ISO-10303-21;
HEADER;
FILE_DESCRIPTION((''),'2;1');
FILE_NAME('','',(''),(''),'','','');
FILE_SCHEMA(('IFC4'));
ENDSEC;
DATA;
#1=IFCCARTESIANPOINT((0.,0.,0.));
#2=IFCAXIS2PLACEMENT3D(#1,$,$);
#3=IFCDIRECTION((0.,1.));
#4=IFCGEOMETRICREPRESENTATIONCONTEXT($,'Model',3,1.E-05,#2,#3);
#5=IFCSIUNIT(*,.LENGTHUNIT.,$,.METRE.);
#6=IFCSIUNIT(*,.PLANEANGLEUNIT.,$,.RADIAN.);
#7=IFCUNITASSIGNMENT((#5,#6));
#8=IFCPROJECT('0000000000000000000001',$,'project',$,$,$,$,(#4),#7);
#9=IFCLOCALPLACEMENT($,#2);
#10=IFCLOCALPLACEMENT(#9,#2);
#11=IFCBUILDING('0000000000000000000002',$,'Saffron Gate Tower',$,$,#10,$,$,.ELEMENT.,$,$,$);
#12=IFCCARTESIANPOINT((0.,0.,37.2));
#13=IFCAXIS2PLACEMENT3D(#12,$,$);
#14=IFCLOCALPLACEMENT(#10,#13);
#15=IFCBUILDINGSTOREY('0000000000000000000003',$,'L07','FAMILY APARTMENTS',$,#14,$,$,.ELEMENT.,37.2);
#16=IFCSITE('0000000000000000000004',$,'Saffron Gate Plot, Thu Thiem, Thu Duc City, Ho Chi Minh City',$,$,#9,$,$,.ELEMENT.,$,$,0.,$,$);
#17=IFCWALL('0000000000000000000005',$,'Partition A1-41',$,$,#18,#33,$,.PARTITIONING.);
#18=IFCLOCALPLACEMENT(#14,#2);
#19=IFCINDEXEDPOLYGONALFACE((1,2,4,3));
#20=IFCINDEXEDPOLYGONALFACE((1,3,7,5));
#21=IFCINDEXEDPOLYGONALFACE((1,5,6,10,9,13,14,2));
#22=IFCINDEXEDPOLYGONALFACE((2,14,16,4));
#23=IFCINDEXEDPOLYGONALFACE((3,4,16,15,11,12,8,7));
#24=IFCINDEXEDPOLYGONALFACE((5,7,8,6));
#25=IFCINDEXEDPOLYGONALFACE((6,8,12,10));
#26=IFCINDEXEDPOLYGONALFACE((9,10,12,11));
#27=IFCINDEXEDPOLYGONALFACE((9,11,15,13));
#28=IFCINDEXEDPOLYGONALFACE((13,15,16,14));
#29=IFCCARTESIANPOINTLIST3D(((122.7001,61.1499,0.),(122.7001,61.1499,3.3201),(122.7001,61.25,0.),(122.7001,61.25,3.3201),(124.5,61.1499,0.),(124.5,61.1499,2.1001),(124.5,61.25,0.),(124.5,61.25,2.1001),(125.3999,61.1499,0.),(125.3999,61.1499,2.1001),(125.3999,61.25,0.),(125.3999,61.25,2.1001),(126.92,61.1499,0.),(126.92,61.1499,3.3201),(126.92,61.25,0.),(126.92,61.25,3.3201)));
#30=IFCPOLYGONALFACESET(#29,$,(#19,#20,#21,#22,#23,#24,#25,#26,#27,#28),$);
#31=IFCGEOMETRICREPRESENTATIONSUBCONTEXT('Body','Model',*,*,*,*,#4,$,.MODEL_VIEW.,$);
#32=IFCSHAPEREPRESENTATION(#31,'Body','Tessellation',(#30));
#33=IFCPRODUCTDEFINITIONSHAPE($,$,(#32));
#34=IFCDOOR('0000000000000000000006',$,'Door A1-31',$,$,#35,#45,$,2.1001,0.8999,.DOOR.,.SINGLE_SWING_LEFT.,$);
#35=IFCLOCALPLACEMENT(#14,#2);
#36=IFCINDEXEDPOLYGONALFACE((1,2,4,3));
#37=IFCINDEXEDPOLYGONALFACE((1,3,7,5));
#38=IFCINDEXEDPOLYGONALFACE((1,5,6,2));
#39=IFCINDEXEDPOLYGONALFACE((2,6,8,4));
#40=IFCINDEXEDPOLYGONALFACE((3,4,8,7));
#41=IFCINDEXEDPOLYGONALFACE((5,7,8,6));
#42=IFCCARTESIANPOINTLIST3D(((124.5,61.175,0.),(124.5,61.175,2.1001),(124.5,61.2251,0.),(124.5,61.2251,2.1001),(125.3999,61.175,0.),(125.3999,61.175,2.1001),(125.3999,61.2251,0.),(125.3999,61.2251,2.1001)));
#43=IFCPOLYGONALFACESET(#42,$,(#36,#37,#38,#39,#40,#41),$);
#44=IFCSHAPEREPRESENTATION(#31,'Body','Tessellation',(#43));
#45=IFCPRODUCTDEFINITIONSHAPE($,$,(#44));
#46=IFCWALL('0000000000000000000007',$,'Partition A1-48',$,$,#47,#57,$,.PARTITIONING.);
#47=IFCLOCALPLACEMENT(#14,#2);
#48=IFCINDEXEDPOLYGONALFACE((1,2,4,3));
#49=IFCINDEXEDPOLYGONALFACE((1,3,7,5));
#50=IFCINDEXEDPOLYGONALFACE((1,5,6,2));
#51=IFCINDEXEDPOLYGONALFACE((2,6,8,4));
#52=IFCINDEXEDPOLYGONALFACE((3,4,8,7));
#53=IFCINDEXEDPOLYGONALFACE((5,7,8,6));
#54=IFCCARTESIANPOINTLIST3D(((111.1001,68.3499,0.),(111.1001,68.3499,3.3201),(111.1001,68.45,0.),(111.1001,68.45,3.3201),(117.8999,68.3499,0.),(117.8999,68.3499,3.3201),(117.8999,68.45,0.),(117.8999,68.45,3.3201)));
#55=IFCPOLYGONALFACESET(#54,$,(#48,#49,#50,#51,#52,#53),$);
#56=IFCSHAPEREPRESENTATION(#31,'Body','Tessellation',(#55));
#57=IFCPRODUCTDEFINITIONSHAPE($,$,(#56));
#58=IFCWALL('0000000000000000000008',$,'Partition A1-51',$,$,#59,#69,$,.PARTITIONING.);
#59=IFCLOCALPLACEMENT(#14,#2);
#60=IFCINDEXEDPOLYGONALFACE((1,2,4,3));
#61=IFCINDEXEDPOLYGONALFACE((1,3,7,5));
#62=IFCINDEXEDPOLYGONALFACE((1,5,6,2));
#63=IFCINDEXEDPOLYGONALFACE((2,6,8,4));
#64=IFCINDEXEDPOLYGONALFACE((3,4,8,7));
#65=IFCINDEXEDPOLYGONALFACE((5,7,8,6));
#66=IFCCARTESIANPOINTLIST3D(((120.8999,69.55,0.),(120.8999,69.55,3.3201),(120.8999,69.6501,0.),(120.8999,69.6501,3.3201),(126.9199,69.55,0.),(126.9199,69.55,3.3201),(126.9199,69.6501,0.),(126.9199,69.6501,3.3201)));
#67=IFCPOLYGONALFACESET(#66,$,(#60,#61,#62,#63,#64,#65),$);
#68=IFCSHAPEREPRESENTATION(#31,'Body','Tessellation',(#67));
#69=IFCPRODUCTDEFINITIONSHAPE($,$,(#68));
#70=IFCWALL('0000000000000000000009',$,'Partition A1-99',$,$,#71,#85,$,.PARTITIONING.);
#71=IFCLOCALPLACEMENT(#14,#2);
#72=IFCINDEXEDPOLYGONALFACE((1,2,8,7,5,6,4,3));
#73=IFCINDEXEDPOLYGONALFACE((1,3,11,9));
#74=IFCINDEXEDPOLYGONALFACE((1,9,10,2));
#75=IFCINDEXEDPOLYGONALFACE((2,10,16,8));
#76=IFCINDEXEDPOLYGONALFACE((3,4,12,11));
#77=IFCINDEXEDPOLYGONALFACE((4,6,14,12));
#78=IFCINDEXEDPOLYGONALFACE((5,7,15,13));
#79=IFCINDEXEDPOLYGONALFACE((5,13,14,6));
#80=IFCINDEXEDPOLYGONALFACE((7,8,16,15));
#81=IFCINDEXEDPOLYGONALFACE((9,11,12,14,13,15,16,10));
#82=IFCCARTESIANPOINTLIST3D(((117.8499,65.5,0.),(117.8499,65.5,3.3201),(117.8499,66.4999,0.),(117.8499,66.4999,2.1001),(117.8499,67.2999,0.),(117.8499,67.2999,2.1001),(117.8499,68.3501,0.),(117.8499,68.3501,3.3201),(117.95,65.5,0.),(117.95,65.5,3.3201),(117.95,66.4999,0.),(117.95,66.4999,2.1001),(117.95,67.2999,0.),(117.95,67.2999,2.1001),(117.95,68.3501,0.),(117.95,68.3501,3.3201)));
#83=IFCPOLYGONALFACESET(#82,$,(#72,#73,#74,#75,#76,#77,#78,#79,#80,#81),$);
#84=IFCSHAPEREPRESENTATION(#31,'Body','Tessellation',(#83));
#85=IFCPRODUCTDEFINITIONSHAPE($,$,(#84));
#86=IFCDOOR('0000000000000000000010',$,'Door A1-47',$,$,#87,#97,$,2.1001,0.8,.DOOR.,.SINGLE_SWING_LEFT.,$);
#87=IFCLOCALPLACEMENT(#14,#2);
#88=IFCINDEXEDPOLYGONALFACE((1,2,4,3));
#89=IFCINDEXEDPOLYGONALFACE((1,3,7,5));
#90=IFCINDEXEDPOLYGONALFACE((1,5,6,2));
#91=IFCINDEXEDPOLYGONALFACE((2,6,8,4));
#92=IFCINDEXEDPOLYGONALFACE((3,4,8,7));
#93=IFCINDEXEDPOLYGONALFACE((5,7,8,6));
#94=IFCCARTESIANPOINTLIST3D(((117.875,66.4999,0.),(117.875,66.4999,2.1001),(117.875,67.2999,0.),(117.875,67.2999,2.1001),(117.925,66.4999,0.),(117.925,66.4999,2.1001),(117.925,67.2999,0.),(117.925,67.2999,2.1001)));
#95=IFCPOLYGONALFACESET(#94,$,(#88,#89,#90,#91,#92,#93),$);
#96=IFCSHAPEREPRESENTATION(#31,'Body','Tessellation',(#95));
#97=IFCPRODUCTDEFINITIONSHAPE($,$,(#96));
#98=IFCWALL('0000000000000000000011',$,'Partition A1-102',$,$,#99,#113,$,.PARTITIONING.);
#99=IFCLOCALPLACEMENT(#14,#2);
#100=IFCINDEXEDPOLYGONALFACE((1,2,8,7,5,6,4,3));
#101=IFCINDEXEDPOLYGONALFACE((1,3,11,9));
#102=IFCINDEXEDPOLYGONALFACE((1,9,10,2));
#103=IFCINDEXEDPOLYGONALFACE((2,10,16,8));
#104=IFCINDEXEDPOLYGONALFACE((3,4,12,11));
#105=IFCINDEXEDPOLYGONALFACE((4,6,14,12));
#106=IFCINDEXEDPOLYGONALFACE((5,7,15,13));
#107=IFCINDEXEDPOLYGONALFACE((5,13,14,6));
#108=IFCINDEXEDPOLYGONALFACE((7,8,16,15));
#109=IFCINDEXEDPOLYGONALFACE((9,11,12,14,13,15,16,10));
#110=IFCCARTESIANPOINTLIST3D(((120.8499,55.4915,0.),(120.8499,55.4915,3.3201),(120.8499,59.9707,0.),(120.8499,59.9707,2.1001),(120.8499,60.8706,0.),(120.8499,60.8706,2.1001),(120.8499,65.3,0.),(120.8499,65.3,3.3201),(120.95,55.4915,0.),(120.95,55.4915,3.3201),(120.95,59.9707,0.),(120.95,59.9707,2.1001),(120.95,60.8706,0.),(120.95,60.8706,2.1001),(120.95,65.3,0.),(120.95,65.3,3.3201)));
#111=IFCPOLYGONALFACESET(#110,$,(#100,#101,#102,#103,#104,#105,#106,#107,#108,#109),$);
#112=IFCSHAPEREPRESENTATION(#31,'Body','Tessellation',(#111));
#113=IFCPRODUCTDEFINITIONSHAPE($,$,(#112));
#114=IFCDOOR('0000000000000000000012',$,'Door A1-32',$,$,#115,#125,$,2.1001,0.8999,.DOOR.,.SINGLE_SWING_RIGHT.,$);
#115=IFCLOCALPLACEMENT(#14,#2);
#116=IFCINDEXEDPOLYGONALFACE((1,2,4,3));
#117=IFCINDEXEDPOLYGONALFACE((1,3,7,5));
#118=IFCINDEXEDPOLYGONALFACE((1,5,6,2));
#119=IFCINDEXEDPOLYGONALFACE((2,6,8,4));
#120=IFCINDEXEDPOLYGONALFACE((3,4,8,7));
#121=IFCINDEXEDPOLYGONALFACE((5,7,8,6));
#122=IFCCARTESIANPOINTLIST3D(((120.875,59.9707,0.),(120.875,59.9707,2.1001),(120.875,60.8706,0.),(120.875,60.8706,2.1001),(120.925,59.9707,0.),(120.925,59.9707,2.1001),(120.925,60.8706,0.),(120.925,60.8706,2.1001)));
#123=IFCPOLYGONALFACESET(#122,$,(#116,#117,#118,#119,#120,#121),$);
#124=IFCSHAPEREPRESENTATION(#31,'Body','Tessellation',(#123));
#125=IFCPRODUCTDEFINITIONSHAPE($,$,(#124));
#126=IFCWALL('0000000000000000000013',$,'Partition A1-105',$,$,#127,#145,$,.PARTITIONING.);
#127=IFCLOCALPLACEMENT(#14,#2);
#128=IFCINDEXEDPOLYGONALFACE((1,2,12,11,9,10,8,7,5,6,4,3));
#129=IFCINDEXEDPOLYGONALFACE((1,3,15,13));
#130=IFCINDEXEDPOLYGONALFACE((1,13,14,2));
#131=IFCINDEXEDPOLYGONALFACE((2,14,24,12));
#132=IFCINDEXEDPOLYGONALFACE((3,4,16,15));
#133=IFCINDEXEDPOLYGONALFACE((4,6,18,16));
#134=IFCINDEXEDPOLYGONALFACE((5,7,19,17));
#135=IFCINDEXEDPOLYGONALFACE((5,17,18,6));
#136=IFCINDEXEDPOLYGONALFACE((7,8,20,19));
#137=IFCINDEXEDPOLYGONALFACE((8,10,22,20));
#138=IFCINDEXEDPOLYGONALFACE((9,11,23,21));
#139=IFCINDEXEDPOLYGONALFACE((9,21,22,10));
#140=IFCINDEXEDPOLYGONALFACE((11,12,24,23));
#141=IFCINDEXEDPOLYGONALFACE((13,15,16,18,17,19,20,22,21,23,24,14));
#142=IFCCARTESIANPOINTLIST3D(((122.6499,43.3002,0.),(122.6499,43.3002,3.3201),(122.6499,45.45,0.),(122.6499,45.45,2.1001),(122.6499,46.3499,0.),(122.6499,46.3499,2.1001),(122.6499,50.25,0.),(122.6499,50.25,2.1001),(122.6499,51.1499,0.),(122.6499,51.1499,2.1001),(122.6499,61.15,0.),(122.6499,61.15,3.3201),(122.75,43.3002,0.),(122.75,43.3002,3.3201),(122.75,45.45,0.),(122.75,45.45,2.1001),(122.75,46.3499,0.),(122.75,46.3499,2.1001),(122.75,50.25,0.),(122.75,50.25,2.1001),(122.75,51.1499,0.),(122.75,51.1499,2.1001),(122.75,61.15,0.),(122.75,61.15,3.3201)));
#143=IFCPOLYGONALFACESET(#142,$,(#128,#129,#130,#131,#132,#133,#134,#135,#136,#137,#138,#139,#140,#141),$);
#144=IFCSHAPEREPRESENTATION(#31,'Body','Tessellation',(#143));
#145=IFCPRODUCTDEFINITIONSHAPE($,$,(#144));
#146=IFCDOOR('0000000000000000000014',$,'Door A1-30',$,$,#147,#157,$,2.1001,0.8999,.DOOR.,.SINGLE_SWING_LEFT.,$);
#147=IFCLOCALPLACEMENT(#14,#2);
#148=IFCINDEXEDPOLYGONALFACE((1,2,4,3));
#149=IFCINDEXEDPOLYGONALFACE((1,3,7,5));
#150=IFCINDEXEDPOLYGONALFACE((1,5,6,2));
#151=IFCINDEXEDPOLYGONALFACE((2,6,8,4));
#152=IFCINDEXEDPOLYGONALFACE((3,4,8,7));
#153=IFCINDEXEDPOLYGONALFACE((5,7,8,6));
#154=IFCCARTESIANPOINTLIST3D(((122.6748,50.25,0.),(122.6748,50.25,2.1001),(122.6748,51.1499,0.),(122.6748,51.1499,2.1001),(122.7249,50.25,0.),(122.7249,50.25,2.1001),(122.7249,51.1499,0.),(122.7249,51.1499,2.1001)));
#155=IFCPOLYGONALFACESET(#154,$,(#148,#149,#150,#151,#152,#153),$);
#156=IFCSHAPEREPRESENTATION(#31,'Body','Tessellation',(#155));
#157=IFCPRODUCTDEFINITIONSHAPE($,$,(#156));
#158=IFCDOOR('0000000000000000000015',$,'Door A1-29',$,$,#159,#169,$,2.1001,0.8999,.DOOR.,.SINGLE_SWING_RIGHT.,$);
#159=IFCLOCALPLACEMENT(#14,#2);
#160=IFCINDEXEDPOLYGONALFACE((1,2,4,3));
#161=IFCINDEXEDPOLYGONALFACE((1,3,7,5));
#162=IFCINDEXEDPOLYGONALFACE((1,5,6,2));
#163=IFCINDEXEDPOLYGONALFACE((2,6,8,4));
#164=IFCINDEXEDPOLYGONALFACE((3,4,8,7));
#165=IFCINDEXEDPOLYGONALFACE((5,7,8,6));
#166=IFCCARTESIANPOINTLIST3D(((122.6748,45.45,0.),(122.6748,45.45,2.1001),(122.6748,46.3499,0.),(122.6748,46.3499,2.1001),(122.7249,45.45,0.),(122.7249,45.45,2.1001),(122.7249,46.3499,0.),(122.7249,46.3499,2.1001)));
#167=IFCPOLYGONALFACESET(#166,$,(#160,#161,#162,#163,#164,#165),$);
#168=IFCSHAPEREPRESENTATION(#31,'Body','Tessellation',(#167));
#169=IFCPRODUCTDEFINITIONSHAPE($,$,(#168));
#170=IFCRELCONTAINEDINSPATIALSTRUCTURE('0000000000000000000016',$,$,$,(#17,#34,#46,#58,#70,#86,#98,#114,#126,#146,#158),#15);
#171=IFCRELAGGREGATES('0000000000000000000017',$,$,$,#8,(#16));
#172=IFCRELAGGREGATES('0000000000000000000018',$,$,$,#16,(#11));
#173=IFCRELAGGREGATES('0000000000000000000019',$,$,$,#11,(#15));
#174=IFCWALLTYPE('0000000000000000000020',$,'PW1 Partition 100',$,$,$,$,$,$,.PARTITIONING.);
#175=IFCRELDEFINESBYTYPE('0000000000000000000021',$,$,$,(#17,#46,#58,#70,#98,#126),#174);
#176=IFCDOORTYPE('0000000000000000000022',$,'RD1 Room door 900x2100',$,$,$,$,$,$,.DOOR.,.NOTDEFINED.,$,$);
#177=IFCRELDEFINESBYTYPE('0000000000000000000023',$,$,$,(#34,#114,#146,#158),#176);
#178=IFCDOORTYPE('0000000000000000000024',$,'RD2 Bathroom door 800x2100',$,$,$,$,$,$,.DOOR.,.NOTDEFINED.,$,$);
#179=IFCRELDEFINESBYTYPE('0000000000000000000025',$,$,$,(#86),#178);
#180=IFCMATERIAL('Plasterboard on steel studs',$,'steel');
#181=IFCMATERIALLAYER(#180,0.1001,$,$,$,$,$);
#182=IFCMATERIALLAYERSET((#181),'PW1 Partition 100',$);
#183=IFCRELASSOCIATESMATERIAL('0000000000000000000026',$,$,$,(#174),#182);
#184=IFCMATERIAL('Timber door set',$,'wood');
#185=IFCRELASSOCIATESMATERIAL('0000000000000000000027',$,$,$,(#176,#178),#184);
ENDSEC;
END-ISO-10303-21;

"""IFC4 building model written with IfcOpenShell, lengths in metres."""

from ifc_helpers import new_model, si_unit, direction, frame, frame_2d, origin, place, context, subcontext, project, spatial, rectangle, extrude, material, layer, layer_set, type_object, element, fill, save


model = new_model("IFC4")

# Units and contexts
model_context = context("Model", 3, precision=1e-05, world=origin(), true_north=direction((0.0, 1.0)))
body_context = subcontext(model_context, "Body", "Model", "MODEL_VIEW")
ifc_project = project(units=[si_unit("LENGTHUNIT", "METRE"), si_unit("PLANEANGLEUNIT", "RADIAN")], contexts=[model_context])

# Site, building, storey
site_placement = place(None, origin())
site = spatial("IfcSite", under=ifc_project, at=site_placement, Name="Saffron Gate Plot, Thu Thiem, Thu Duc City, Ho Chi Minh City", CompositionType="ELEMENT", RefElevation=0.0)
building_placement = place(site_placement, origin())
building = spatial("IfcBuilding", under=site, at=building_placement, Name="Saffron Gate Tower", CompositionType="ELEMENT")
storey_placement = place(building_placement, frame((0.0, 0.0, 37.2)))
storey = spatial("IfcBuildingStorey", under=building, at=storey_placement, Name="L07", Description="FAMILY APARTMENTS", CompositionType="ELEMENT", Elevation=37.2)

# Wall, opening, door
ifc_material_1 = material(Name="Plasterboard on steel studs", Category="steel")
ifc_layer_1 = layer(ifc_material_1, 0.1001)
ifc_layer_set_1 = layer_set([ifc_layer_1], Name="PW1 Partition 100")
wall_type_1 = type_object("IfcWallType", Name="PW1 Partition 100", PredefinedType="PARTITIONING", material=ifc_layer_set_1)
wall_1_placement = place(storey_placement, frame((126.9199, 61.2, 0.0), z_axis=(0.0, 0.0, 1.0), x_axis=(-1.0, 0.0, 0.0)))
wall_1 = element("IfcWall", 1, at=wall_1_placement, inside=storey, type_object=wall_type_1, Name="Partition A1-41", PredefinedType="PARTITIONING", context=body_context, shape_type="SweptSolid", body=[
    extrude(rectangle(XDim=4.22, YDim=0.1001, at=frame_2d((2.1099, 0.0))), origin(), (0.0, 0.0, 1.0), 3.3201),
])
opening_1_placement = place(wall_1_placement, frame((1.52, 0.0, 0.0)))
opening_1 = element("IfcOpeningElement", 2, at=opening_1_placement, cuts=wall_1, PredefinedType="OPENING", context=body_context, shape_type="SweptSolid", body=[
    extrude(rectangle(XDim=0.8999, YDim=2.1001, at=frame_2d((0.45, 1.05))), frame((0.0, 0.0601, 0.0), z_axis=(0.0, -1.0, 0.0), x_axis=(1.0, 0.0, 0.0)), (0.0, 0.0, 1.0), 0.1201),
])
ifc_material_2 = material(Name="Timber door set", Category="wood")
door_type_1 = type_object("IfcDoorType", Name="RD1 Room door 900x2100", OperationType="NOTDEFINED", PredefinedType="DOOR", material=ifc_material_2)
door_1_placement = place(opening_1_placement, origin())
door_1 = element("IfcDoor", 3, at=door_1_placement, inside=storey, type_object=door_type_1, Name="Door A1-31", OperationType="SINGLE_SWING_LEFT", OverallHeight=2.1001, OverallWidth=0.8999, PredefinedType="DOOR", context=body_context, shape_type="SweptSolid", body=[
    extrude(rectangle(XDim=0.8999, YDim=2.1001, at=frame_2d((0.45, 1.05))), frame((0.0, 0.0249, 0.0), z_axis=(0.0, -1.0, 0.0), x_axis=(1.0, 0.0, 0.0)), (0.0, 0.0, 1.0), 0.05),
])
fill(opening_1, door_1)

# Walls
wall_2_placement = place(storey_placement, frame((111.1001, 68.3999, 0.0), z_axis=(0.0, 0.0, 1.0), x_axis=(1.0, 0.0, 0.0)))
element("IfcWall", 4, at=wall_2_placement, inside=storey, type_object=wall_type_1, Name="Partition A1-48", PredefinedType="PARTITIONING", context=body_context, shape_type="SweptSolid", body=[
    extrude(rectangle(XDim=6.7998, YDim=0.1001, at=frame_2d((3.3999, 0.0))), origin(), (0.0, 0.0, 1.0), 3.3201),
])
wall_3_placement = place(storey_placement, frame((120.8999, 69.6001, 0.0), z_axis=(0.0, 0.0, 1.0), x_axis=(1.0, 0.0, 0.0)))
element("IfcWall", 5, at=wall_3_placement, inside=storey, type_object=wall_type_1, Name="Partition A1-51", PredefinedType="PARTITIONING", context=body_context, shape_type="SweptSolid", body=[
    extrude(rectangle(XDim=6.02, YDim=0.1001, at=frame_2d((3.01, 0.0))), origin(), (0.0, 0.0, 1.0), 3.3201),
])

# Walls, openings, doors
wall_4_placement = place(storey_placement, frame((117.8999, 65.5, 0.0), z_axis=(0.0, 0.0, 1.0), x_axis=(0.0, 1.0, 0.0)))
wall_4 = element("IfcWall", 6, at=wall_4_placement, inside=storey, type_object=wall_type_1, Name="Partition A1-99", PredefinedType="PARTITIONING", context=body_context, shape_type="SweptSolid", body=[
    extrude(rectangle(XDim=2.8501, YDim=0.1001, at=frame_2d((1.425, 0.0))), origin(), (0.0, 0.0, 1.0), 3.3201),
])
opening_2_placement = place(wall_4_placement, frame((1.0, 0.0, 0.0)))
opening_2 = element("IfcOpeningElement", 7, at=opening_2_placement, cuts=wall_4, PredefinedType="OPENING", context=body_context, shape_type="SweptSolid", body=[
    extrude(rectangle(XDim=0.8, YDim=2.1001, at=frame_2d((0.3999, 1.05))), frame((0.0, 0.0601, 0.0), z_axis=(0.0, -1.0, 0.0), x_axis=(1.0, 0.0, 0.0)), (0.0, 0.0, 1.0), 0.1201),
])
door_type_2 = type_object("IfcDoorType", Name="RD2 Bathroom door 800x2100", OperationType="NOTDEFINED", PredefinedType="DOOR", material=ifc_material_2)
door_2_placement = place(opening_2_placement, origin())
door_2 = element("IfcDoor", 8, at=door_2_placement, inside=storey, type_object=door_type_2, Name="Door A1-47", OperationType="SINGLE_SWING_LEFT", OverallHeight=2.1001, OverallWidth=0.8, PredefinedType="DOOR", context=body_context, shape_type="SweptSolid", body=[
    extrude(rectangle(XDim=0.8, YDim=2.1001, at=frame_2d((0.3999, 1.05))), frame((0.0, 0.0249, 0.0), z_axis=(0.0, -1.0, 0.0), x_axis=(1.0, 0.0, 0.0)), (0.0, 0.0, 1.0), 0.05),
])
fill(opening_2, door_2)
wall_5_placement = place(storey_placement, frame((120.8999, 55.4915, 0.0), z_axis=(0.0, 0.0, 1.0), x_axis=(0.0, 1.0, 0.0)))
wall_5 = element("IfcWall", 9, at=wall_5_placement, inside=storey, type_object=wall_type_1, Name="Partition A1-102", PredefinedType="PARTITIONING", context=body_context, shape_type="SweptSolid", body=[
    extrude(rectangle(XDim=9.8086, YDim=0.1001, at=frame_2d((4.9043, 0.0))), origin(), (0.0, 0.0, 1.0), 3.3201),
])
opening_3_placement = place(wall_5_placement, frame((4.4792, 0.0, 0.0)))
opening_3 = element("IfcOpeningElement", 10, at=opening_3_placement, cuts=wall_5, PredefinedType="OPENING", context=body_context, shape_type="SweptSolid", body=[
    extrude(rectangle(XDim=0.8999, YDim=2.1001, at=frame_2d((0.45, 1.05))), frame((0.0, 0.0601, 0.0), z_axis=(0.0, -1.0, 0.0), x_axis=(1.0, 0.0, 0.0)), (0.0, 0.0, 1.0), 0.1201),
])
door_3_placement = place(opening_3_placement, origin())
door_3 = element("IfcDoor", 11, at=door_3_placement, inside=storey, type_object=door_type_1, Name="Door A1-32", OperationType="SINGLE_SWING_RIGHT", OverallHeight=2.1001, OverallWidth=0.8999, PredefinedType="DOOR", context=body_context, shape_type="SweptSolid", body=[
    extrude(rectangle(XDim=0.8999, YDim=2.1001, at=frame_2d((0.45, 1.05))), frame((0.0, 0.0249, 0.0), z_axis=(0.0, -1.0, 0.0), x_axis=(1.0, 0.0, 0.0)), (0.0, 0.0, 1.0), 0.05),
])
fill(opening_3, door_3)

# Wall, openings, doors
wall_6_placement = place(storey_placement, frame((122.7, 61.1499, 0.0), z_axis=(0.0, 0.0, 1.0), x_axis=(0.0, -1.0, 0.0)))
wall_6 = element("IfcWall", 12, at=wall_6_placement, inside=storey, type_object=wall_type_1, Name="Partition A1-105", PredefinedType="PARTITIONING", context=body_context, shape_type="SweptSolid", body=[
    extrude(rectangle(XDim=17.8499, YDim=0.1001, at=frame_2d((8.9248, 0.0))), origin(), (0.0, 0.0, 1.0), 3.3201),
])
opening_4_placement = place(wall_6_placement, frame((10.0, 0.0, 0.0)))
opening_4 = element("IfcOpeningElement", 13, at=opening_4_placement, cuts=wall_6, PredefinedType="OPENING", context=body_context, shape_type="SweptSolid", body=[
    extrude(rectangle(XDim=0.8999, YDim=2.1001, at=frame_2d((0.45, 1.05))), frame((0.0, 0.0601, 0.0), z_axis=(0.0, -1.0, 0.0), x_axis=(1.0, 0.0, 0.0)), (0.0, 0.0, 1.0), 0.1201),
])
opening_5_placement = place(wall_6_placement, frame((14.8, 0.0, 0.0)))
opening_5 = element("IfcOpeningElement", 14, at=opening_5_placement, cuts=wall_6, PredefinedType="OPENING", context=body_context, shape_type="SweptSolid", body=[
    extrude(rectangle(XDim=0.8999, YDim=2.1001, at=frame_2d((0.45, 1.05))), frame((0.0, 0.0601, 0.0), z_axis=(0.0, -1.0, 0.0), x_axis=(1.0, 0.0, 0.0)), (0.0, 0.0, 1.0), 0.1201),
])
door_4_placement = place(opening_4_placement, origin())
door_4 = element("IfcDoor", 15, at=door_4_placement, inside=storey, type_object=door_type_1, Name="Door A1-30", OperationType="SINGLE_SWING_LEFT", OverallHeight=2.1001, OverallWidth=0.8999, PredefinedType="DOOR", context=body_context, shape_type="SweptSolid", body=[
    extrude(rectangle(XDim=0.8999, YDim=2.1001, at=frame_2d((0.45, 1.05))), frame((0.0, 0.0249, 0.0), z_axis=(0.0, -1.0, 0.0), x_axis=(1.0, 0.0, 0.0)), (0.0, 0.0, 1.0), 0.05),
])
fill(opening_4, door_4)
door_5_placement = place(opening_5_placement, origin())
door_5 = element("IfcDoor", 16, at=door_5_placement, inside=storey, type_object=door_type_1, Name="Door A1-29", OperationType="SINGLE_SWING_RIGHT", OverallHeight=2.1001, OverallWidth=0.8999, PredefinedType="DOOR", context=body_context, shape_type="SweptSolid", body=[
    extrude(rectangle(XDim=0.8999, YDim=2.1001, at=frame_2d((0.45, 1.05))), frame((0.0, 0.0249, 0.0), z_axis=(0.0, -1.0, 0.0), x_axis=(1.0, 0.0, 0.0)), (0.0, 0.0, 1.0), 0.05),
])
fill(opening_5, door_5)

save(model, "model.ifc")
